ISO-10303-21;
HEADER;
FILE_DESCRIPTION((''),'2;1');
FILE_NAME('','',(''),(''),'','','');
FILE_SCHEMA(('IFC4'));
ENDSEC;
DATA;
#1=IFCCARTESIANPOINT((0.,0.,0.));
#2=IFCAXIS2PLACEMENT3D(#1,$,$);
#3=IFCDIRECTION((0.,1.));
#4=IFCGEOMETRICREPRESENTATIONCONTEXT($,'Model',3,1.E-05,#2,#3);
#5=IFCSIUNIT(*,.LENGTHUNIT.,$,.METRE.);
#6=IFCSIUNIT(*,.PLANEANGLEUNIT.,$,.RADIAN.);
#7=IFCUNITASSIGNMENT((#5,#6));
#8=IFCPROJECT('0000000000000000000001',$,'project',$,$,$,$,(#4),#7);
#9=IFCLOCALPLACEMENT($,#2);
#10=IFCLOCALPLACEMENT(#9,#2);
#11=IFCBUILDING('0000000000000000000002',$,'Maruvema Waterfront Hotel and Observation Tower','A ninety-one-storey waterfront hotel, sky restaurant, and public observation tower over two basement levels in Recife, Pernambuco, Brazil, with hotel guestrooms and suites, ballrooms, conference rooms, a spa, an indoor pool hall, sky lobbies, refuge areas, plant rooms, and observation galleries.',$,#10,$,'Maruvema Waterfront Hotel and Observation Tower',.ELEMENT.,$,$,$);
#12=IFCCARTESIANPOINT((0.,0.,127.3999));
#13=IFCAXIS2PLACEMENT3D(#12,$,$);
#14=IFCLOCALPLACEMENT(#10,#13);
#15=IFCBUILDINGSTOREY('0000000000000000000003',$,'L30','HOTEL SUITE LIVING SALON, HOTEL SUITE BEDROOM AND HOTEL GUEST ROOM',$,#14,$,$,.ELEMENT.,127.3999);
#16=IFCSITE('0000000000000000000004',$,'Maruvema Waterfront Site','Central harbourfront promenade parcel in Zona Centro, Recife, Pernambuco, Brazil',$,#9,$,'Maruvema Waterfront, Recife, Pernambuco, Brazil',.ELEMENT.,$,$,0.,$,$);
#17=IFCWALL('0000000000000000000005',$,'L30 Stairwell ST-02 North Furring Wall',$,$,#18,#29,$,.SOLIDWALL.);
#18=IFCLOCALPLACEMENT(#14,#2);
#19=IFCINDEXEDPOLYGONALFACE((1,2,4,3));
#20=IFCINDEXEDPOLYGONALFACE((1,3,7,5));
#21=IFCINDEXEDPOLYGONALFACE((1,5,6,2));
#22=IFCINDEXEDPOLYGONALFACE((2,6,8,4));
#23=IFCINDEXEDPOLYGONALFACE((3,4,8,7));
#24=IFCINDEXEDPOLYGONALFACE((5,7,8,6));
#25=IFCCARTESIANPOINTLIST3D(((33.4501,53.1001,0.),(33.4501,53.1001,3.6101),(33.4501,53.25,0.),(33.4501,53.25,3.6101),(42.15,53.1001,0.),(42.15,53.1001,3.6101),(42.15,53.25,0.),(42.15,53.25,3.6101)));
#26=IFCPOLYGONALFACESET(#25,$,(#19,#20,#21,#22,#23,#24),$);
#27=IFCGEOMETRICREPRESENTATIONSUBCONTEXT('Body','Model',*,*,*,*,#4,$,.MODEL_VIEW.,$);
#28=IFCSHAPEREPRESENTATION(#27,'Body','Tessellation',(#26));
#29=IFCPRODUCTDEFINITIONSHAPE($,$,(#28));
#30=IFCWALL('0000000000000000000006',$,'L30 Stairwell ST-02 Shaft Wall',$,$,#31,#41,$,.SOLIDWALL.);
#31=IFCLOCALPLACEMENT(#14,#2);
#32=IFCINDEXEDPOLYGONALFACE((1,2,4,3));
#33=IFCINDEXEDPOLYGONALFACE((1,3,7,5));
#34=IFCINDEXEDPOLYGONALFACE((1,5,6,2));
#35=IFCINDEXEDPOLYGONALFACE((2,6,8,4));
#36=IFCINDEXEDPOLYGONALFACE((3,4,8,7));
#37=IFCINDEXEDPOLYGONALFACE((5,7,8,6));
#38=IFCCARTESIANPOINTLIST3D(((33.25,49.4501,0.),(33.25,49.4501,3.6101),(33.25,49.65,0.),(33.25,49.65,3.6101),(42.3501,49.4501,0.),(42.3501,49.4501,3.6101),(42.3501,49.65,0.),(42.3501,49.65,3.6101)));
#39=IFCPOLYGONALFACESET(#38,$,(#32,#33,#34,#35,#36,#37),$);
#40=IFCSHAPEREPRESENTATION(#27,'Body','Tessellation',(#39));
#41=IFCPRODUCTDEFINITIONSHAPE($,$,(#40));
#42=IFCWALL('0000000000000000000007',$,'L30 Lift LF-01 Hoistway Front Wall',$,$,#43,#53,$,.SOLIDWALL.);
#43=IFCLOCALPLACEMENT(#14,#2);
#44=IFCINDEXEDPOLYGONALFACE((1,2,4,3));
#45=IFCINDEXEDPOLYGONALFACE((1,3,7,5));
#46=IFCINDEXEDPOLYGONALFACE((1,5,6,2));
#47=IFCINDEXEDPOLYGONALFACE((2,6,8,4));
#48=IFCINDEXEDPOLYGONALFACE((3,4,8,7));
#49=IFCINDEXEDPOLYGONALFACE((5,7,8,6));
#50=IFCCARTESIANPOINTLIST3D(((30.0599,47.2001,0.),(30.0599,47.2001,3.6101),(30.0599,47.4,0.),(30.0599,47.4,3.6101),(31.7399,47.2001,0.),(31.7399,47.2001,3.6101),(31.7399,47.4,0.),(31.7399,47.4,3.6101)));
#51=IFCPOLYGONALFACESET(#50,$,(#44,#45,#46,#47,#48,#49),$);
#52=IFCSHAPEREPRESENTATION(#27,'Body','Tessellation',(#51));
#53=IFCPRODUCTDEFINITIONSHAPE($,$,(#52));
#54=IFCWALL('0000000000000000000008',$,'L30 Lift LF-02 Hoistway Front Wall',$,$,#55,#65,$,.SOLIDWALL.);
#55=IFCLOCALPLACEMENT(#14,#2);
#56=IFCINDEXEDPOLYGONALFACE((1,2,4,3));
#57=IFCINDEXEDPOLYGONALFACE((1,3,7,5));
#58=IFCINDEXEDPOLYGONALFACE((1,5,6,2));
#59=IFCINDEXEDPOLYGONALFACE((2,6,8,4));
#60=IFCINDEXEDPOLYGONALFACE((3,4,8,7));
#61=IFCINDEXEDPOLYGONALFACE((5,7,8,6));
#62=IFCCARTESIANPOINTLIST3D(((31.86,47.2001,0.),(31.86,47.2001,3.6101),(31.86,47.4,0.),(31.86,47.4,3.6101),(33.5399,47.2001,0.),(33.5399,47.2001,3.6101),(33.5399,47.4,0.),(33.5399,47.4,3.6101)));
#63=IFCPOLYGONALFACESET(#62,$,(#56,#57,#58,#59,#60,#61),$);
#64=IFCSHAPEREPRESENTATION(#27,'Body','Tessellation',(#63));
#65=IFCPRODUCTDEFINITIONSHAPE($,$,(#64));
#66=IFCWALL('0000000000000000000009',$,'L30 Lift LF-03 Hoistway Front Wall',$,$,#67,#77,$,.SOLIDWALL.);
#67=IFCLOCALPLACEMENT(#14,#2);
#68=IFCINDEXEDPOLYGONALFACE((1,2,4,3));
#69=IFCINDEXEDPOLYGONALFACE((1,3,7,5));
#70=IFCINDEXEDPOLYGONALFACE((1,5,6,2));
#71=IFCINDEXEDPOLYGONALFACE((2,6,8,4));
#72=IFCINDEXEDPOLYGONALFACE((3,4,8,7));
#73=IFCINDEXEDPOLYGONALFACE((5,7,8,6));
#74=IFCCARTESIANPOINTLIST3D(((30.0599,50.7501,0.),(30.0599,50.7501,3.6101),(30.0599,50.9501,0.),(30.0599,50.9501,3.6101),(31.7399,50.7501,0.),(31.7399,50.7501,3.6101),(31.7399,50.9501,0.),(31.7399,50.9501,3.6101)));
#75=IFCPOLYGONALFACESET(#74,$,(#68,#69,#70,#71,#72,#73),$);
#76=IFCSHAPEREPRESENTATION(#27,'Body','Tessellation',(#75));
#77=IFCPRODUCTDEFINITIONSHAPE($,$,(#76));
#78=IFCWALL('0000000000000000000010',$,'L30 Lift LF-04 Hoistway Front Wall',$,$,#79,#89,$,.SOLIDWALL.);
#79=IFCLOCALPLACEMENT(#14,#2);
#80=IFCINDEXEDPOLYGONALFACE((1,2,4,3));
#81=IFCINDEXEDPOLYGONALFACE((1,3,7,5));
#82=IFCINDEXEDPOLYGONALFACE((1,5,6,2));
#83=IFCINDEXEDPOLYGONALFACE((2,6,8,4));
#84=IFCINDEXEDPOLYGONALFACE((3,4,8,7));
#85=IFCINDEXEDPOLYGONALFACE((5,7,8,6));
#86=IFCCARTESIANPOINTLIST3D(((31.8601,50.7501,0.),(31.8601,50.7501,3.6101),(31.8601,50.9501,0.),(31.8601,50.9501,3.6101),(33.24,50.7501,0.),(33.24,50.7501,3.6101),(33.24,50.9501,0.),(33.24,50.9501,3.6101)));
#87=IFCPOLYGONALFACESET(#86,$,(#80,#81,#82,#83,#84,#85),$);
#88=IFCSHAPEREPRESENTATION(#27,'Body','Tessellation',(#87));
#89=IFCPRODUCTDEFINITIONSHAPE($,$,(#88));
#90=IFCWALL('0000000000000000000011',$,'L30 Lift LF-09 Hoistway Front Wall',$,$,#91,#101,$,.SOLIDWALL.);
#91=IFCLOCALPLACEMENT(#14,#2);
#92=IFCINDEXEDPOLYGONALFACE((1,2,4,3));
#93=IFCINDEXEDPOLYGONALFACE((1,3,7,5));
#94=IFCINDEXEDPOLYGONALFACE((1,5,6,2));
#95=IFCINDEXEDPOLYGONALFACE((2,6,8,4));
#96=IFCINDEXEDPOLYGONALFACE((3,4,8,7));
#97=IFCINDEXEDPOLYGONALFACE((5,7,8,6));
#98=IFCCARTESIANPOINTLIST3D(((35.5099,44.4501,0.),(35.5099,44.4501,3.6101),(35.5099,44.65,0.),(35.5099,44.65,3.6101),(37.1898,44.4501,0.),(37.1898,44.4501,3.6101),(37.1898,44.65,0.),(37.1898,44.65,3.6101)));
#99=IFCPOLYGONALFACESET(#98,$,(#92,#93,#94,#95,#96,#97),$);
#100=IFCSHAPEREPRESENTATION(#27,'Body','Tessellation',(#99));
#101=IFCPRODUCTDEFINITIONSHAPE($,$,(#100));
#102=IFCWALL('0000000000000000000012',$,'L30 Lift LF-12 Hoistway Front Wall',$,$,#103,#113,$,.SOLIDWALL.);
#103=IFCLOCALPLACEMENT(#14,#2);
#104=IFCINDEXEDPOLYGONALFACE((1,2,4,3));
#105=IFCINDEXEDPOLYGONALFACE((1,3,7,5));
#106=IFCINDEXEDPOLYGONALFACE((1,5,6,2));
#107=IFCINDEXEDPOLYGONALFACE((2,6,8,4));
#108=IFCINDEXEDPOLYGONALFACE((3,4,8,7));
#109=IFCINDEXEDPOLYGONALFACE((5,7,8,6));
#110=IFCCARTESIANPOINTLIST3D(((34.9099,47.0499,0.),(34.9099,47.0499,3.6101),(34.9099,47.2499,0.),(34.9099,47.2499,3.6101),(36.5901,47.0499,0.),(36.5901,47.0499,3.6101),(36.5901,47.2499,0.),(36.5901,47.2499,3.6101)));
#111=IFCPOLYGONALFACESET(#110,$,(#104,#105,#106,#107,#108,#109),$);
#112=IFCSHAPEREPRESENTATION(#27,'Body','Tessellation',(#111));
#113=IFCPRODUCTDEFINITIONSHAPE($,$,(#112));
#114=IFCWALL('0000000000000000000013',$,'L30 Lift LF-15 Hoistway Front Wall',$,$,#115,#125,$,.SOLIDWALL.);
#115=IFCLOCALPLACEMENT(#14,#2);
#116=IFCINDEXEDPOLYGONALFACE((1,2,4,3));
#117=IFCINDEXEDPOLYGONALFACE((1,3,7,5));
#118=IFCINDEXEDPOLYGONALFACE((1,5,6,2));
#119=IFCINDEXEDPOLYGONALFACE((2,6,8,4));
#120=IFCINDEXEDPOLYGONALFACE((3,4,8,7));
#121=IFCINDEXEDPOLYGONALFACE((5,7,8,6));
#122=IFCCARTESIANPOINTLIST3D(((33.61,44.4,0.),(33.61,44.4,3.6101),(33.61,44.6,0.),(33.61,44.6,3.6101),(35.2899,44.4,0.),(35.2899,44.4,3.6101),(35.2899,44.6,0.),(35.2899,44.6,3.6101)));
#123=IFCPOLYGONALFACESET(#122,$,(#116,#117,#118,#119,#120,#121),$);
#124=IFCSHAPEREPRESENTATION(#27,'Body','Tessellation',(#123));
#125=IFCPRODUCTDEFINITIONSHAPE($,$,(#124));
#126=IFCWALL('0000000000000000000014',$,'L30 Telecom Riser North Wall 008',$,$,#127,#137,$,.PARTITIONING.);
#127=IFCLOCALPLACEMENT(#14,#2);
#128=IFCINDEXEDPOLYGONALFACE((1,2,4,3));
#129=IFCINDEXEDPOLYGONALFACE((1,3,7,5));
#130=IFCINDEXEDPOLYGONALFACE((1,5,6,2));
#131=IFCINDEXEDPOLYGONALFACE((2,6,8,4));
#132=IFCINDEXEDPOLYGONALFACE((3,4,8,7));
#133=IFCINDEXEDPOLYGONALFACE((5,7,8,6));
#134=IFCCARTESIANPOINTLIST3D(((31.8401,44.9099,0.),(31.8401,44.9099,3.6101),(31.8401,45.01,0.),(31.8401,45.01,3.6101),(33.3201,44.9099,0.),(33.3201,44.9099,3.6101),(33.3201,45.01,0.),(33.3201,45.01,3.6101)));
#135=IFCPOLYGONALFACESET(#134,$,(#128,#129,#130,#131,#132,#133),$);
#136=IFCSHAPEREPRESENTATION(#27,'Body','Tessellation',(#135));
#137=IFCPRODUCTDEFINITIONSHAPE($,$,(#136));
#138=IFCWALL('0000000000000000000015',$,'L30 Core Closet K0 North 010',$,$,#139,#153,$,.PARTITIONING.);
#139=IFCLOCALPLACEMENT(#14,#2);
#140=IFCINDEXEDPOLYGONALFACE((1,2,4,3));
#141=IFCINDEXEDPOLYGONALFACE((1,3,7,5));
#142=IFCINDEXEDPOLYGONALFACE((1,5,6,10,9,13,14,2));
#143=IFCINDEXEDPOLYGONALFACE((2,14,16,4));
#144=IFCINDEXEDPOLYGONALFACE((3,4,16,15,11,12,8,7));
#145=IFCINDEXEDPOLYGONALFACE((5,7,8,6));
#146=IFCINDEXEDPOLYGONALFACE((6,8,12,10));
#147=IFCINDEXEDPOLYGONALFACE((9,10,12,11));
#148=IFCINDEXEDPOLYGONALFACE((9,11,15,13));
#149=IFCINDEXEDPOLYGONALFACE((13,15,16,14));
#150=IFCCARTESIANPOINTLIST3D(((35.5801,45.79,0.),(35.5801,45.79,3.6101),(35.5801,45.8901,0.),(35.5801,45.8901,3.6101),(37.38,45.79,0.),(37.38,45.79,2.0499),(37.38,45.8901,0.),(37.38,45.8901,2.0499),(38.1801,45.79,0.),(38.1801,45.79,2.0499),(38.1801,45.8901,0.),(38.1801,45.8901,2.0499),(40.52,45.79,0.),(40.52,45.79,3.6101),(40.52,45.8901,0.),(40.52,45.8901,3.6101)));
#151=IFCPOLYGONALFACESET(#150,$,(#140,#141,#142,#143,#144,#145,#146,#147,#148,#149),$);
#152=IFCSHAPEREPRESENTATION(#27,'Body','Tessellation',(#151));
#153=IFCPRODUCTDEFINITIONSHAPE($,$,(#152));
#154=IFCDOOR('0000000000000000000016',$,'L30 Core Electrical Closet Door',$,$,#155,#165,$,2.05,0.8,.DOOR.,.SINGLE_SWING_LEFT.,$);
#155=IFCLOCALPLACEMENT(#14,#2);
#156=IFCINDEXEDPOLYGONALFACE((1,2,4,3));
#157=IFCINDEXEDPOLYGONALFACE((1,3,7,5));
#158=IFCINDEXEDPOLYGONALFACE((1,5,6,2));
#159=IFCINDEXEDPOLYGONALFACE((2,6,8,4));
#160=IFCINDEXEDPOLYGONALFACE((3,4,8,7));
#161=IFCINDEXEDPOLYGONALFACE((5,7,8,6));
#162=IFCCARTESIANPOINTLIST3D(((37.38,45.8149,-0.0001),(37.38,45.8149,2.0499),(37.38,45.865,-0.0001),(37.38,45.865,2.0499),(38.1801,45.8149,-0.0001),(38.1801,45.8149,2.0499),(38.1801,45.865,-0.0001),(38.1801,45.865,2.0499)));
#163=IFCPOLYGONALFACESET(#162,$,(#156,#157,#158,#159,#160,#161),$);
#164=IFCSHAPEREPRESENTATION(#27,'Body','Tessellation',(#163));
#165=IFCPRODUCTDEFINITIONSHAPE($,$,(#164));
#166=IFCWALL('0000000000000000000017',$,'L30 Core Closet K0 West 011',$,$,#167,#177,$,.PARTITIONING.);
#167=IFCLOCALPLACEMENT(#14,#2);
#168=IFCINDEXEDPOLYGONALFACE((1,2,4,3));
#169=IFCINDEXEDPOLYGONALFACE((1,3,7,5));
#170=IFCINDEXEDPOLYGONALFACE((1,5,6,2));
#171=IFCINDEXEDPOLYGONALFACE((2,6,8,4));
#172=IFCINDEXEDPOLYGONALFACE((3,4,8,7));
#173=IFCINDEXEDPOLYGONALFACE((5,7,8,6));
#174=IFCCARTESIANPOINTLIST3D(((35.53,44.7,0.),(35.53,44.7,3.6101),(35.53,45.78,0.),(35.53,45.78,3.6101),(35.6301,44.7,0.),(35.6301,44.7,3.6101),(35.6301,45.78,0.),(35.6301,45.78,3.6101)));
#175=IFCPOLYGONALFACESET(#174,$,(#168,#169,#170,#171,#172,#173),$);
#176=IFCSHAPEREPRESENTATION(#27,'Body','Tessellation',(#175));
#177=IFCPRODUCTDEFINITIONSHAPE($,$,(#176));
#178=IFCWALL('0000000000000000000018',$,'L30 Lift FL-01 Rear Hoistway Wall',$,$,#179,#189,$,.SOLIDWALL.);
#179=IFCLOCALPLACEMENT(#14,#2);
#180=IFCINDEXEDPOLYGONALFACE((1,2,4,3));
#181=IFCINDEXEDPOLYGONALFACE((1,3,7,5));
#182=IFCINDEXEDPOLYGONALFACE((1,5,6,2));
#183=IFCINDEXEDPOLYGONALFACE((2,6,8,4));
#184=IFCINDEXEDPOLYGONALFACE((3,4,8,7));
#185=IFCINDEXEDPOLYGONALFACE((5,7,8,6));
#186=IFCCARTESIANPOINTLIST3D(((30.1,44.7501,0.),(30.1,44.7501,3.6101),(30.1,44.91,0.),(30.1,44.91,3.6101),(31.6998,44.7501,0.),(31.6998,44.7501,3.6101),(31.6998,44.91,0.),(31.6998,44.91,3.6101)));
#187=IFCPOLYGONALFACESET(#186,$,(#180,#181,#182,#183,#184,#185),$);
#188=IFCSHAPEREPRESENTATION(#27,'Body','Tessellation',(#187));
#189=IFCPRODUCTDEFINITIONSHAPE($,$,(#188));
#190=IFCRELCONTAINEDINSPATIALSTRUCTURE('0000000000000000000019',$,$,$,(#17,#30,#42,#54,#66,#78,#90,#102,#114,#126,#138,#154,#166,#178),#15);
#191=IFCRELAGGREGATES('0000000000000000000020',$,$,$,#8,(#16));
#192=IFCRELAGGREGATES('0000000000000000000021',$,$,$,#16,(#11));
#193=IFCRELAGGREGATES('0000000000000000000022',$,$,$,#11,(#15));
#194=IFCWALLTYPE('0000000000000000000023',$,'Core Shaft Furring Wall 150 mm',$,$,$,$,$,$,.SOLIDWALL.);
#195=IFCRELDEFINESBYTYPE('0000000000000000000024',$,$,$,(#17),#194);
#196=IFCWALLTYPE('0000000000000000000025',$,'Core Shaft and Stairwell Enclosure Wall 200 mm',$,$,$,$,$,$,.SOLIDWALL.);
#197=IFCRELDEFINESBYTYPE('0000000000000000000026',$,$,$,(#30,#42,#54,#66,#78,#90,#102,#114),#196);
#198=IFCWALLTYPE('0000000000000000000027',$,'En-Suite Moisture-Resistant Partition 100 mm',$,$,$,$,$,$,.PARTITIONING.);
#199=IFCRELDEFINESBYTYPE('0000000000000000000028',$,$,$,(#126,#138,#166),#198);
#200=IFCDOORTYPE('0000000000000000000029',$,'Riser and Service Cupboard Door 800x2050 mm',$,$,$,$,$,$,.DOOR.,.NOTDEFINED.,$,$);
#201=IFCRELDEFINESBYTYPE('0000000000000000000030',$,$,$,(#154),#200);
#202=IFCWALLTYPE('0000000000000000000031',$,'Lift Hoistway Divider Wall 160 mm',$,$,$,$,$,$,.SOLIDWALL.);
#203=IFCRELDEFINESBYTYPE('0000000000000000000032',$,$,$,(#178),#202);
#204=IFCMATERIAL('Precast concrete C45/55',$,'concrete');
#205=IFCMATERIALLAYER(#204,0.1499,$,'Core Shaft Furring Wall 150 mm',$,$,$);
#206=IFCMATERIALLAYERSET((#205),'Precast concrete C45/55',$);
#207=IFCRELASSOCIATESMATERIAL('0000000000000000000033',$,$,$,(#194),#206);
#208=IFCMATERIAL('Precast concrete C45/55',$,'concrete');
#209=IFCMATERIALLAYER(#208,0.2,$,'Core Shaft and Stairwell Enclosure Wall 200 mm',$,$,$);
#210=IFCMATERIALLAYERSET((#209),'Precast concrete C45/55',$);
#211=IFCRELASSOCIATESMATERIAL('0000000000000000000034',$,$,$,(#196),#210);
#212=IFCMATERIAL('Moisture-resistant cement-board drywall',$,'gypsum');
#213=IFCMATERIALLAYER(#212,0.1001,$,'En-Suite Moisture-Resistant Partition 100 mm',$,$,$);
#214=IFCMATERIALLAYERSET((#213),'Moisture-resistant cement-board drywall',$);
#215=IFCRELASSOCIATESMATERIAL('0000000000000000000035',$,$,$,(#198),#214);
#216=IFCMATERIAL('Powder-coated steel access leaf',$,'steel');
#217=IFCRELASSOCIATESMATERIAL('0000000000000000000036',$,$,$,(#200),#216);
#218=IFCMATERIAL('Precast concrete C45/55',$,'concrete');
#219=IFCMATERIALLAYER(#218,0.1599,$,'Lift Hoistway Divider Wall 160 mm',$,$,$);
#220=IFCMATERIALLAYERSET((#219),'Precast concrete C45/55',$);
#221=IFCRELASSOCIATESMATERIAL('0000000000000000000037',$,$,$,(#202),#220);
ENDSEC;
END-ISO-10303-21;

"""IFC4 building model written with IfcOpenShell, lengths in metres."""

from ifc_helpers import new_model, si_unit, direction, frame, frame_2d, origin, place, context, subcontext, project, spatial, rectangle, extrude, material, layer, layer_set, type_object, element, fill, save


model = new_model("IFC4")

# Units and contexts
model_context = context("Model", 3, precision=1e-05, world=origin(), true_north=direction((0.0, 1.0)))
body_context = subcontext(model_context, "Body", "Model", "MODEL_VIEW")
ifc_project = project(units=[si_unit("LENGTHUNIT", "METRE"), si_unit("PLANEANGLEUNIT", "RADIAN")], contexts=[model_context])

# Site, building, storey
site_placement = place(None, origin())
site = spatial("IfcSite", under=ifc_project, at=site_placement, Name="Maruvema Waterfront Site", Description="Central harbourfront promenade parcel in Zona Centro, Recife, Pernambuco, Brazil", LongName="Maruvema Waterfront, Recife, Pernambuco, Brazil", CompositionType="ELEMENT", RefElevation=0.0)
building_placement = place(site_placement, origin())
building = spatial("IfcBuilding", under=site, at=building_placement, Name="Maruvema Waterfront Hotel and Observation Tower", Description="A ninety-one-storey waterfront hotel, sky restaurant, and public observation tower over two basement levels in Recife, Pernambuco, Brazil, with hotel guestrooms and suites, ballrooms, conference rooms, a spa, an indoor pool hall, sky lobbies, refuge areas, plant rooms, and observation galleries.", LongName="Maruvema Waterfront Hotel and Observation Tower", CompositionType="ELEMENT")
storey_placement = place(building_placement, frame((0.0, 0.0, 127.3999)))
storey = spatial("IfcBuildingStorey", under=building, at=storey_placement, Name="L30", Description="HOTEL SUITE LIVING SALON, HOTEL SUITE BEDROOM AND HOTEL GUEST ROOM", CompositionType="ELEMENT", Elevation=127.3999)

# Walls
ifc_material_1 = material(Name="Precast concrete C45/55", Category="concrete")
ifc_layer_1 = layer(ifc_material_1, 0.1499, Name="Core Shaft Furring Wall 150 mm")
ifc_layer_set_1 = layer_set([ifc_layer_1], Name="Precast concrete C45/55")
wall_type_1 = type_object("IfcWallType", Name="Core Shaft Furring Wall 150 mm", PredefinedType="SOLIDWALL", material=ifc_layer_set_1)
wall_1_placement = place(storey_placement, frame((33.45, 53.175, 0.0), z_axis=(0.0, 0.0, 1.0), x_axis=(1.0, 0.0, 0.0)))
element("IfcWall", 1, at=wall_1_placement, inside=storey, type_object=wall_type_1, Name="L30 Stairwell ST-02 North Furring Wall", PredefinedType="SOLIDWALL", context=body_context, shape_type="SweptSolid", body=[
    extrude(rectangle(XDim=8.7, YDim=0.1499, at=frame_2d((4.3501, 0.0))), origin(), (0.0, 0.0, 1.0), 3.6101),
])
ifc_material_2 = material(Name="Precast concrete C45/55", Category="concrete")
ifc_layer_2 = layer(ifc_material_2, 0.2, Name="Core Shaft and Stairwell Enclosure Wall 200 mm")
ifc_layer_set_2 = layer_set([ifc_layer_2], Name="Precast concrete C45/55")
wall_type_2 = type_object("IfcWallType", Name="Core Shaft and Stairwell Enclosure Wall 200 mm", PredefinedType="SOLIDWALL", material=ifc_layer_set_2)
wall_2_placement = place(storey_placement, frame((33.25, 49.55, 0.0), z_axis=(0.0, 0.0, 1.0), x_axis=(1.0, 0.0, 0.0)))
element("IfcWall", 2, at=wall_2_placement, inside=storey, type_object=wall_type_2, Name="L30 Stairwell ST-02 Shaft Wall", PredefinedType="SOLIDWALL", context=body_context, shape_type="SweptSolid", body=[
    extrude(rectangle(XDim=9.1001, YDim=0.2, at=frame_2d((4.55, 0.0))), origin(), (0.0, 0.0, 1.0), 3.6101),
])

# Walls
for number, where, z_axis, x_axis, name in (
    (3, (30.0601, 47.3, 0.0), (0.0, 0.0, 1.0), (1.0, 0.0, 0.0), "L30 Lift LF-01 Hoistway Front Wall"),
    (4, (31.8601, 47.3, 0.0), (0.0, 0.0, 1.0), (1.0, 0.0, 0.0), "L30 Lift LF-02 Hoistway Front Wall"),
    (5, (30.0601, 50.8501, 0.0), (0.0, 0.0, 1.0), (1.0, 0.0, 0.0), "L30 Lift LF-03 Hoistway Front Wall"),
):
    element("IfcWall", number, at=place(storey_placement, frame(where, z_axis=z_axis, x_axis=x_axis)), inside=storey, type_object=wall_type_2, Name=name, PredefinedType="SOLIDWALL", context=body_context, shape_type="SweptSolid", body=[
        extrude(rectangle(XDim=1.6799, YDim=0.2, at=frame_2d((0.8398, 0.0))), origin(), (0.0, 0.0, 1.0), 3.6101),
    ])
wall_3_placement = place(storey_placement, frame((31.8601, 50.8501, 0.0), z_axis=(0.0, 0.0, 1.0), x_axis=(1.0, 0.0, 0.0)))
element("IfcWall", 6, at=wall_3_placement, inside=storey, type_object=wall_type_2, Name="L30 Lift LF-04 Hoistway Front Wall", PredefinedType="SOLIDWALL", context=body_context, shape_type="SweptSolid", body=[
    extrude(rectangle(XDim=1.3799, YDim=0.2, at=frame_2d((0.6899, 0.0))), origin(), (0.0, 0.0, 1.0), 3.6101),
])
wall_4_placement = place(storey_placement, frame((35.51, 44.55, 0.0), z_axis=(0.0, 0.0, 1.0), x_axis=(1.0, 0.0, 0.0)))
element("IfcWall", 7, at=wall_4_placement, inside=storey, type_object=wall_type_2, Name="L30 Lift LF-09 Hoistway Front Wall", PredefinedType="SOLIDWALL", context=body_context, shape_type="SweptSolid", body=[
    extrude(rectangle(XDim=1.6799, YDim=0.2, at=frame_2d((0.8398, 0.0))), origin(), (0.0, 0.0, 1.0), 3.6101),
])
wall_5_placement = place(storey_placement, frame((34.9099, 47.1499, 0.0), z_axis=(0.0, 0.0, 1.0), x_axis=(1.0, 0.0, 0.0)))
element("IfcWall", 8, at=wall_5_placement, inside=storey, type_object=wall_type_2, Name="L30 Lift LF-12 Hoistway Front Wall", PredefinedType="SOLIDWALL", context=body_context, shape_type="SweptSolid", body=[
    extrude(rectangle(XDim=1.6802, YDim=0.2, at=frame_2d((0.8401, 0.0))), origin(), (0.0, 0.0, 1.0), 3.6101),
])
wall_6_placement = place(storey_placement, frame((33.6101, 44.5, 0.0), z_axis=(0.0, 0.0, 1.0), x_axis=(1.0, 0.0, 0.0)))
element("IfcWall", 9, at=wall_6_placement, inside=storey, type_object=wall_type_2, Name="L30 Lift LF-15 Hoistway Front Wall", PredefinedType="SOLIDWALL", context=body_context, shape_type="SweptSolid", body=[
    extrude(rectangle(XDim=1.6799, YDim=0.2, at=frame_2d((0.8398, 0.0))), origin(), (0.0, 0.0, 1.0), 3.6101),
])
ifc_material_3 = material(Name="Moisture-resistant cement-board drywall", Category="gypsum")
ifc_layer_3 = layer(ifc_material_3, 0.1001, Name="En-Suite Moisture-Resistant Partition 100 mm")
ifc_layer_set_3 = layer_set([ifc_layer_3], Name="Moisture-resistant cement-board drywall")
wall_type_3 = type_object("IfcWallType", Name="En-Suite Moisture-Resistant Partition 100 mm", PredefinedType="PARTITIONING", material=ifc_layer_set_3)
wall_7_placement = place(storey_placement, frame((31.8401, 44.96, 0.0), z_axis=(0.0, 0.0, 1.0), x_axis=(1.0, 0.0, 0.0)))
element("IfcWall", 10, at=wall_7_placement, inside=storey, type_object=wall_type_3, Name="L30 Telecom Riser North Wall 008", PredefinedType="PARTITIONING", context=body_context, shape_type="SweptSolid", body=[
    extrude(rectangle(XDim=1.48, YDim=0.1001, at=frame_2d((0.74, 0.0))), origin(), (0.0, 0.0, 1.0), 3.6101),
])

# Wall, opening, door
wall_8_placement = place(storey_placement, frame((35.5801, 45.8401, 0.0), z_axis=(0.0, 0.0, 1.0), x_axis=(1.0, 0.0, 0.0)))
wall_8 = element("IfcWall", 11, at=wall_8_placement, inside=storey, type_object=wall_type_3, Name="L30 Core Closet K0 North 010", PredefinedType="PARTITIONING", context=body_context, shape_type="SweptSolid", body=[
    extrude(rectangle(XDim=4.9399, YDim=0.1001, at=frame_2d((2.47, 0.0))), origin(), (0.0, 0.0, 1.0), 3.6101),
])
opening_1_placement = place(wall_8_placement, frame((1.8, 0.0, 0.0)))
opening_1 = element("IfcOpeningElement", 12, at=opening_1_placement, cuts=wall_8, PredefinedType="OPENING", context=body_context, shape_type="SweptSolid", body=[
    extrude(rectangle(XDim=0.8, YDim=2.05, at=frame_2d((0.3999, 1.0249))), frame((0.0, 0.0601, 0.0), z_axis=(0.0, -1.0, 0.0), x_axis=(1.0, 0.0, 0.0)), (0.0, 0.0, 1.0), 0.1201),
])
ifc_material_4 = material(Name="Powder-coated steel access leaf", Category="steel")
door_type_1 = type_object("IfcDoorType", Name="Riser and Service Cupboard Door 800x2050 mm", OperationType="NOTDEFINED", PredefinedType="DOOR", material=ifc_material_4)
door_1_placement = place(opening_1_placement, origin())
door_1 = element("IfcDoor", 13, at=door_1_placement, inside=storey, type_object=door_type_1, Name="L30 Core Electrical Closet Door", OperationType="SINGLE_SWING_LEFT", OverallHeight=2.05, OverallWidth=0.8, PredefinedType="DOOR", context=body_context, shape_type="SweptSolid", body=[
    extrude(rectangle(XDim=0.8, YDim=2.05, at=frame_2d((0.3999, 1.0249))), frame((0.0, 0.0249, 0.0), z_axis=(0.0, -1.0, 0.0), x_axis=(1.0, 0.0, 0.0)), (0.0, 0.0, 1.0), 0.05),
])
fill(opening_1, door_1)

# Walls
wall_9_placement = place(storey_placement, frame((35.5801, 44.7, 0.0), z_axis=(0.0, 0.0, 1.0), x_axis=(0.0, 1.0, 0.0)))
element("IfcWall", 14, at=wall_9_placement, inside=storey, type_object=wall_type_3, Name="L30 Core Closet K0 West 011", PredefinedType="PARTITIONING", context=body_context, shape_type="SweptSolid", body=[
    extrude(rectangle(XDim=1.0801, YDim=0.1001, at=frame_2d((0.54, 0.0))), origin(), (0.0, 0.0, 1.0), 3.6101),
])
ifc_material_5 = material(Name="Precast concrete C45/55", Category="concrete")
ifc_layer_4 = layer(ifc_material_5, 0.1599, Name="Lift Hoistway Divider Wall 160 mm")
ifc_layer_set_4 = layer_set([ifc_layer_4], Name="Precast concrete C45/55")
wall_type_4 = type_object("IfcWallType", Name="Lift Hoistway Divider Wall 160 mm", PredefinedType="SOLIDWALL", material=ifc_layer_set_4)
wall_10_placement = place(storey_placement, frame((30.1001, 44.8301, 0.0), z_axis=(0.0, 0.0, 1.0), x_axis=(1.0, 0.0, 0.0)))
element("IfcWall", 15, at=wall_10_placement, inside=storey, type_object=wall_type_4, Name="L30 Lift FL-01 Rear Hoistway Wall", PredefinedType="SOLIDWALL", context=body_context, shape_type="SweptSolid", body=[
    extrude(rectangle(XDim=1.5999, YDim=0.1599, at=frame_2d((0.7998, 0.0))), origin(), (0.0, 0.0, 1.0), 3.6101),
])

save(model, "model.ifc")
